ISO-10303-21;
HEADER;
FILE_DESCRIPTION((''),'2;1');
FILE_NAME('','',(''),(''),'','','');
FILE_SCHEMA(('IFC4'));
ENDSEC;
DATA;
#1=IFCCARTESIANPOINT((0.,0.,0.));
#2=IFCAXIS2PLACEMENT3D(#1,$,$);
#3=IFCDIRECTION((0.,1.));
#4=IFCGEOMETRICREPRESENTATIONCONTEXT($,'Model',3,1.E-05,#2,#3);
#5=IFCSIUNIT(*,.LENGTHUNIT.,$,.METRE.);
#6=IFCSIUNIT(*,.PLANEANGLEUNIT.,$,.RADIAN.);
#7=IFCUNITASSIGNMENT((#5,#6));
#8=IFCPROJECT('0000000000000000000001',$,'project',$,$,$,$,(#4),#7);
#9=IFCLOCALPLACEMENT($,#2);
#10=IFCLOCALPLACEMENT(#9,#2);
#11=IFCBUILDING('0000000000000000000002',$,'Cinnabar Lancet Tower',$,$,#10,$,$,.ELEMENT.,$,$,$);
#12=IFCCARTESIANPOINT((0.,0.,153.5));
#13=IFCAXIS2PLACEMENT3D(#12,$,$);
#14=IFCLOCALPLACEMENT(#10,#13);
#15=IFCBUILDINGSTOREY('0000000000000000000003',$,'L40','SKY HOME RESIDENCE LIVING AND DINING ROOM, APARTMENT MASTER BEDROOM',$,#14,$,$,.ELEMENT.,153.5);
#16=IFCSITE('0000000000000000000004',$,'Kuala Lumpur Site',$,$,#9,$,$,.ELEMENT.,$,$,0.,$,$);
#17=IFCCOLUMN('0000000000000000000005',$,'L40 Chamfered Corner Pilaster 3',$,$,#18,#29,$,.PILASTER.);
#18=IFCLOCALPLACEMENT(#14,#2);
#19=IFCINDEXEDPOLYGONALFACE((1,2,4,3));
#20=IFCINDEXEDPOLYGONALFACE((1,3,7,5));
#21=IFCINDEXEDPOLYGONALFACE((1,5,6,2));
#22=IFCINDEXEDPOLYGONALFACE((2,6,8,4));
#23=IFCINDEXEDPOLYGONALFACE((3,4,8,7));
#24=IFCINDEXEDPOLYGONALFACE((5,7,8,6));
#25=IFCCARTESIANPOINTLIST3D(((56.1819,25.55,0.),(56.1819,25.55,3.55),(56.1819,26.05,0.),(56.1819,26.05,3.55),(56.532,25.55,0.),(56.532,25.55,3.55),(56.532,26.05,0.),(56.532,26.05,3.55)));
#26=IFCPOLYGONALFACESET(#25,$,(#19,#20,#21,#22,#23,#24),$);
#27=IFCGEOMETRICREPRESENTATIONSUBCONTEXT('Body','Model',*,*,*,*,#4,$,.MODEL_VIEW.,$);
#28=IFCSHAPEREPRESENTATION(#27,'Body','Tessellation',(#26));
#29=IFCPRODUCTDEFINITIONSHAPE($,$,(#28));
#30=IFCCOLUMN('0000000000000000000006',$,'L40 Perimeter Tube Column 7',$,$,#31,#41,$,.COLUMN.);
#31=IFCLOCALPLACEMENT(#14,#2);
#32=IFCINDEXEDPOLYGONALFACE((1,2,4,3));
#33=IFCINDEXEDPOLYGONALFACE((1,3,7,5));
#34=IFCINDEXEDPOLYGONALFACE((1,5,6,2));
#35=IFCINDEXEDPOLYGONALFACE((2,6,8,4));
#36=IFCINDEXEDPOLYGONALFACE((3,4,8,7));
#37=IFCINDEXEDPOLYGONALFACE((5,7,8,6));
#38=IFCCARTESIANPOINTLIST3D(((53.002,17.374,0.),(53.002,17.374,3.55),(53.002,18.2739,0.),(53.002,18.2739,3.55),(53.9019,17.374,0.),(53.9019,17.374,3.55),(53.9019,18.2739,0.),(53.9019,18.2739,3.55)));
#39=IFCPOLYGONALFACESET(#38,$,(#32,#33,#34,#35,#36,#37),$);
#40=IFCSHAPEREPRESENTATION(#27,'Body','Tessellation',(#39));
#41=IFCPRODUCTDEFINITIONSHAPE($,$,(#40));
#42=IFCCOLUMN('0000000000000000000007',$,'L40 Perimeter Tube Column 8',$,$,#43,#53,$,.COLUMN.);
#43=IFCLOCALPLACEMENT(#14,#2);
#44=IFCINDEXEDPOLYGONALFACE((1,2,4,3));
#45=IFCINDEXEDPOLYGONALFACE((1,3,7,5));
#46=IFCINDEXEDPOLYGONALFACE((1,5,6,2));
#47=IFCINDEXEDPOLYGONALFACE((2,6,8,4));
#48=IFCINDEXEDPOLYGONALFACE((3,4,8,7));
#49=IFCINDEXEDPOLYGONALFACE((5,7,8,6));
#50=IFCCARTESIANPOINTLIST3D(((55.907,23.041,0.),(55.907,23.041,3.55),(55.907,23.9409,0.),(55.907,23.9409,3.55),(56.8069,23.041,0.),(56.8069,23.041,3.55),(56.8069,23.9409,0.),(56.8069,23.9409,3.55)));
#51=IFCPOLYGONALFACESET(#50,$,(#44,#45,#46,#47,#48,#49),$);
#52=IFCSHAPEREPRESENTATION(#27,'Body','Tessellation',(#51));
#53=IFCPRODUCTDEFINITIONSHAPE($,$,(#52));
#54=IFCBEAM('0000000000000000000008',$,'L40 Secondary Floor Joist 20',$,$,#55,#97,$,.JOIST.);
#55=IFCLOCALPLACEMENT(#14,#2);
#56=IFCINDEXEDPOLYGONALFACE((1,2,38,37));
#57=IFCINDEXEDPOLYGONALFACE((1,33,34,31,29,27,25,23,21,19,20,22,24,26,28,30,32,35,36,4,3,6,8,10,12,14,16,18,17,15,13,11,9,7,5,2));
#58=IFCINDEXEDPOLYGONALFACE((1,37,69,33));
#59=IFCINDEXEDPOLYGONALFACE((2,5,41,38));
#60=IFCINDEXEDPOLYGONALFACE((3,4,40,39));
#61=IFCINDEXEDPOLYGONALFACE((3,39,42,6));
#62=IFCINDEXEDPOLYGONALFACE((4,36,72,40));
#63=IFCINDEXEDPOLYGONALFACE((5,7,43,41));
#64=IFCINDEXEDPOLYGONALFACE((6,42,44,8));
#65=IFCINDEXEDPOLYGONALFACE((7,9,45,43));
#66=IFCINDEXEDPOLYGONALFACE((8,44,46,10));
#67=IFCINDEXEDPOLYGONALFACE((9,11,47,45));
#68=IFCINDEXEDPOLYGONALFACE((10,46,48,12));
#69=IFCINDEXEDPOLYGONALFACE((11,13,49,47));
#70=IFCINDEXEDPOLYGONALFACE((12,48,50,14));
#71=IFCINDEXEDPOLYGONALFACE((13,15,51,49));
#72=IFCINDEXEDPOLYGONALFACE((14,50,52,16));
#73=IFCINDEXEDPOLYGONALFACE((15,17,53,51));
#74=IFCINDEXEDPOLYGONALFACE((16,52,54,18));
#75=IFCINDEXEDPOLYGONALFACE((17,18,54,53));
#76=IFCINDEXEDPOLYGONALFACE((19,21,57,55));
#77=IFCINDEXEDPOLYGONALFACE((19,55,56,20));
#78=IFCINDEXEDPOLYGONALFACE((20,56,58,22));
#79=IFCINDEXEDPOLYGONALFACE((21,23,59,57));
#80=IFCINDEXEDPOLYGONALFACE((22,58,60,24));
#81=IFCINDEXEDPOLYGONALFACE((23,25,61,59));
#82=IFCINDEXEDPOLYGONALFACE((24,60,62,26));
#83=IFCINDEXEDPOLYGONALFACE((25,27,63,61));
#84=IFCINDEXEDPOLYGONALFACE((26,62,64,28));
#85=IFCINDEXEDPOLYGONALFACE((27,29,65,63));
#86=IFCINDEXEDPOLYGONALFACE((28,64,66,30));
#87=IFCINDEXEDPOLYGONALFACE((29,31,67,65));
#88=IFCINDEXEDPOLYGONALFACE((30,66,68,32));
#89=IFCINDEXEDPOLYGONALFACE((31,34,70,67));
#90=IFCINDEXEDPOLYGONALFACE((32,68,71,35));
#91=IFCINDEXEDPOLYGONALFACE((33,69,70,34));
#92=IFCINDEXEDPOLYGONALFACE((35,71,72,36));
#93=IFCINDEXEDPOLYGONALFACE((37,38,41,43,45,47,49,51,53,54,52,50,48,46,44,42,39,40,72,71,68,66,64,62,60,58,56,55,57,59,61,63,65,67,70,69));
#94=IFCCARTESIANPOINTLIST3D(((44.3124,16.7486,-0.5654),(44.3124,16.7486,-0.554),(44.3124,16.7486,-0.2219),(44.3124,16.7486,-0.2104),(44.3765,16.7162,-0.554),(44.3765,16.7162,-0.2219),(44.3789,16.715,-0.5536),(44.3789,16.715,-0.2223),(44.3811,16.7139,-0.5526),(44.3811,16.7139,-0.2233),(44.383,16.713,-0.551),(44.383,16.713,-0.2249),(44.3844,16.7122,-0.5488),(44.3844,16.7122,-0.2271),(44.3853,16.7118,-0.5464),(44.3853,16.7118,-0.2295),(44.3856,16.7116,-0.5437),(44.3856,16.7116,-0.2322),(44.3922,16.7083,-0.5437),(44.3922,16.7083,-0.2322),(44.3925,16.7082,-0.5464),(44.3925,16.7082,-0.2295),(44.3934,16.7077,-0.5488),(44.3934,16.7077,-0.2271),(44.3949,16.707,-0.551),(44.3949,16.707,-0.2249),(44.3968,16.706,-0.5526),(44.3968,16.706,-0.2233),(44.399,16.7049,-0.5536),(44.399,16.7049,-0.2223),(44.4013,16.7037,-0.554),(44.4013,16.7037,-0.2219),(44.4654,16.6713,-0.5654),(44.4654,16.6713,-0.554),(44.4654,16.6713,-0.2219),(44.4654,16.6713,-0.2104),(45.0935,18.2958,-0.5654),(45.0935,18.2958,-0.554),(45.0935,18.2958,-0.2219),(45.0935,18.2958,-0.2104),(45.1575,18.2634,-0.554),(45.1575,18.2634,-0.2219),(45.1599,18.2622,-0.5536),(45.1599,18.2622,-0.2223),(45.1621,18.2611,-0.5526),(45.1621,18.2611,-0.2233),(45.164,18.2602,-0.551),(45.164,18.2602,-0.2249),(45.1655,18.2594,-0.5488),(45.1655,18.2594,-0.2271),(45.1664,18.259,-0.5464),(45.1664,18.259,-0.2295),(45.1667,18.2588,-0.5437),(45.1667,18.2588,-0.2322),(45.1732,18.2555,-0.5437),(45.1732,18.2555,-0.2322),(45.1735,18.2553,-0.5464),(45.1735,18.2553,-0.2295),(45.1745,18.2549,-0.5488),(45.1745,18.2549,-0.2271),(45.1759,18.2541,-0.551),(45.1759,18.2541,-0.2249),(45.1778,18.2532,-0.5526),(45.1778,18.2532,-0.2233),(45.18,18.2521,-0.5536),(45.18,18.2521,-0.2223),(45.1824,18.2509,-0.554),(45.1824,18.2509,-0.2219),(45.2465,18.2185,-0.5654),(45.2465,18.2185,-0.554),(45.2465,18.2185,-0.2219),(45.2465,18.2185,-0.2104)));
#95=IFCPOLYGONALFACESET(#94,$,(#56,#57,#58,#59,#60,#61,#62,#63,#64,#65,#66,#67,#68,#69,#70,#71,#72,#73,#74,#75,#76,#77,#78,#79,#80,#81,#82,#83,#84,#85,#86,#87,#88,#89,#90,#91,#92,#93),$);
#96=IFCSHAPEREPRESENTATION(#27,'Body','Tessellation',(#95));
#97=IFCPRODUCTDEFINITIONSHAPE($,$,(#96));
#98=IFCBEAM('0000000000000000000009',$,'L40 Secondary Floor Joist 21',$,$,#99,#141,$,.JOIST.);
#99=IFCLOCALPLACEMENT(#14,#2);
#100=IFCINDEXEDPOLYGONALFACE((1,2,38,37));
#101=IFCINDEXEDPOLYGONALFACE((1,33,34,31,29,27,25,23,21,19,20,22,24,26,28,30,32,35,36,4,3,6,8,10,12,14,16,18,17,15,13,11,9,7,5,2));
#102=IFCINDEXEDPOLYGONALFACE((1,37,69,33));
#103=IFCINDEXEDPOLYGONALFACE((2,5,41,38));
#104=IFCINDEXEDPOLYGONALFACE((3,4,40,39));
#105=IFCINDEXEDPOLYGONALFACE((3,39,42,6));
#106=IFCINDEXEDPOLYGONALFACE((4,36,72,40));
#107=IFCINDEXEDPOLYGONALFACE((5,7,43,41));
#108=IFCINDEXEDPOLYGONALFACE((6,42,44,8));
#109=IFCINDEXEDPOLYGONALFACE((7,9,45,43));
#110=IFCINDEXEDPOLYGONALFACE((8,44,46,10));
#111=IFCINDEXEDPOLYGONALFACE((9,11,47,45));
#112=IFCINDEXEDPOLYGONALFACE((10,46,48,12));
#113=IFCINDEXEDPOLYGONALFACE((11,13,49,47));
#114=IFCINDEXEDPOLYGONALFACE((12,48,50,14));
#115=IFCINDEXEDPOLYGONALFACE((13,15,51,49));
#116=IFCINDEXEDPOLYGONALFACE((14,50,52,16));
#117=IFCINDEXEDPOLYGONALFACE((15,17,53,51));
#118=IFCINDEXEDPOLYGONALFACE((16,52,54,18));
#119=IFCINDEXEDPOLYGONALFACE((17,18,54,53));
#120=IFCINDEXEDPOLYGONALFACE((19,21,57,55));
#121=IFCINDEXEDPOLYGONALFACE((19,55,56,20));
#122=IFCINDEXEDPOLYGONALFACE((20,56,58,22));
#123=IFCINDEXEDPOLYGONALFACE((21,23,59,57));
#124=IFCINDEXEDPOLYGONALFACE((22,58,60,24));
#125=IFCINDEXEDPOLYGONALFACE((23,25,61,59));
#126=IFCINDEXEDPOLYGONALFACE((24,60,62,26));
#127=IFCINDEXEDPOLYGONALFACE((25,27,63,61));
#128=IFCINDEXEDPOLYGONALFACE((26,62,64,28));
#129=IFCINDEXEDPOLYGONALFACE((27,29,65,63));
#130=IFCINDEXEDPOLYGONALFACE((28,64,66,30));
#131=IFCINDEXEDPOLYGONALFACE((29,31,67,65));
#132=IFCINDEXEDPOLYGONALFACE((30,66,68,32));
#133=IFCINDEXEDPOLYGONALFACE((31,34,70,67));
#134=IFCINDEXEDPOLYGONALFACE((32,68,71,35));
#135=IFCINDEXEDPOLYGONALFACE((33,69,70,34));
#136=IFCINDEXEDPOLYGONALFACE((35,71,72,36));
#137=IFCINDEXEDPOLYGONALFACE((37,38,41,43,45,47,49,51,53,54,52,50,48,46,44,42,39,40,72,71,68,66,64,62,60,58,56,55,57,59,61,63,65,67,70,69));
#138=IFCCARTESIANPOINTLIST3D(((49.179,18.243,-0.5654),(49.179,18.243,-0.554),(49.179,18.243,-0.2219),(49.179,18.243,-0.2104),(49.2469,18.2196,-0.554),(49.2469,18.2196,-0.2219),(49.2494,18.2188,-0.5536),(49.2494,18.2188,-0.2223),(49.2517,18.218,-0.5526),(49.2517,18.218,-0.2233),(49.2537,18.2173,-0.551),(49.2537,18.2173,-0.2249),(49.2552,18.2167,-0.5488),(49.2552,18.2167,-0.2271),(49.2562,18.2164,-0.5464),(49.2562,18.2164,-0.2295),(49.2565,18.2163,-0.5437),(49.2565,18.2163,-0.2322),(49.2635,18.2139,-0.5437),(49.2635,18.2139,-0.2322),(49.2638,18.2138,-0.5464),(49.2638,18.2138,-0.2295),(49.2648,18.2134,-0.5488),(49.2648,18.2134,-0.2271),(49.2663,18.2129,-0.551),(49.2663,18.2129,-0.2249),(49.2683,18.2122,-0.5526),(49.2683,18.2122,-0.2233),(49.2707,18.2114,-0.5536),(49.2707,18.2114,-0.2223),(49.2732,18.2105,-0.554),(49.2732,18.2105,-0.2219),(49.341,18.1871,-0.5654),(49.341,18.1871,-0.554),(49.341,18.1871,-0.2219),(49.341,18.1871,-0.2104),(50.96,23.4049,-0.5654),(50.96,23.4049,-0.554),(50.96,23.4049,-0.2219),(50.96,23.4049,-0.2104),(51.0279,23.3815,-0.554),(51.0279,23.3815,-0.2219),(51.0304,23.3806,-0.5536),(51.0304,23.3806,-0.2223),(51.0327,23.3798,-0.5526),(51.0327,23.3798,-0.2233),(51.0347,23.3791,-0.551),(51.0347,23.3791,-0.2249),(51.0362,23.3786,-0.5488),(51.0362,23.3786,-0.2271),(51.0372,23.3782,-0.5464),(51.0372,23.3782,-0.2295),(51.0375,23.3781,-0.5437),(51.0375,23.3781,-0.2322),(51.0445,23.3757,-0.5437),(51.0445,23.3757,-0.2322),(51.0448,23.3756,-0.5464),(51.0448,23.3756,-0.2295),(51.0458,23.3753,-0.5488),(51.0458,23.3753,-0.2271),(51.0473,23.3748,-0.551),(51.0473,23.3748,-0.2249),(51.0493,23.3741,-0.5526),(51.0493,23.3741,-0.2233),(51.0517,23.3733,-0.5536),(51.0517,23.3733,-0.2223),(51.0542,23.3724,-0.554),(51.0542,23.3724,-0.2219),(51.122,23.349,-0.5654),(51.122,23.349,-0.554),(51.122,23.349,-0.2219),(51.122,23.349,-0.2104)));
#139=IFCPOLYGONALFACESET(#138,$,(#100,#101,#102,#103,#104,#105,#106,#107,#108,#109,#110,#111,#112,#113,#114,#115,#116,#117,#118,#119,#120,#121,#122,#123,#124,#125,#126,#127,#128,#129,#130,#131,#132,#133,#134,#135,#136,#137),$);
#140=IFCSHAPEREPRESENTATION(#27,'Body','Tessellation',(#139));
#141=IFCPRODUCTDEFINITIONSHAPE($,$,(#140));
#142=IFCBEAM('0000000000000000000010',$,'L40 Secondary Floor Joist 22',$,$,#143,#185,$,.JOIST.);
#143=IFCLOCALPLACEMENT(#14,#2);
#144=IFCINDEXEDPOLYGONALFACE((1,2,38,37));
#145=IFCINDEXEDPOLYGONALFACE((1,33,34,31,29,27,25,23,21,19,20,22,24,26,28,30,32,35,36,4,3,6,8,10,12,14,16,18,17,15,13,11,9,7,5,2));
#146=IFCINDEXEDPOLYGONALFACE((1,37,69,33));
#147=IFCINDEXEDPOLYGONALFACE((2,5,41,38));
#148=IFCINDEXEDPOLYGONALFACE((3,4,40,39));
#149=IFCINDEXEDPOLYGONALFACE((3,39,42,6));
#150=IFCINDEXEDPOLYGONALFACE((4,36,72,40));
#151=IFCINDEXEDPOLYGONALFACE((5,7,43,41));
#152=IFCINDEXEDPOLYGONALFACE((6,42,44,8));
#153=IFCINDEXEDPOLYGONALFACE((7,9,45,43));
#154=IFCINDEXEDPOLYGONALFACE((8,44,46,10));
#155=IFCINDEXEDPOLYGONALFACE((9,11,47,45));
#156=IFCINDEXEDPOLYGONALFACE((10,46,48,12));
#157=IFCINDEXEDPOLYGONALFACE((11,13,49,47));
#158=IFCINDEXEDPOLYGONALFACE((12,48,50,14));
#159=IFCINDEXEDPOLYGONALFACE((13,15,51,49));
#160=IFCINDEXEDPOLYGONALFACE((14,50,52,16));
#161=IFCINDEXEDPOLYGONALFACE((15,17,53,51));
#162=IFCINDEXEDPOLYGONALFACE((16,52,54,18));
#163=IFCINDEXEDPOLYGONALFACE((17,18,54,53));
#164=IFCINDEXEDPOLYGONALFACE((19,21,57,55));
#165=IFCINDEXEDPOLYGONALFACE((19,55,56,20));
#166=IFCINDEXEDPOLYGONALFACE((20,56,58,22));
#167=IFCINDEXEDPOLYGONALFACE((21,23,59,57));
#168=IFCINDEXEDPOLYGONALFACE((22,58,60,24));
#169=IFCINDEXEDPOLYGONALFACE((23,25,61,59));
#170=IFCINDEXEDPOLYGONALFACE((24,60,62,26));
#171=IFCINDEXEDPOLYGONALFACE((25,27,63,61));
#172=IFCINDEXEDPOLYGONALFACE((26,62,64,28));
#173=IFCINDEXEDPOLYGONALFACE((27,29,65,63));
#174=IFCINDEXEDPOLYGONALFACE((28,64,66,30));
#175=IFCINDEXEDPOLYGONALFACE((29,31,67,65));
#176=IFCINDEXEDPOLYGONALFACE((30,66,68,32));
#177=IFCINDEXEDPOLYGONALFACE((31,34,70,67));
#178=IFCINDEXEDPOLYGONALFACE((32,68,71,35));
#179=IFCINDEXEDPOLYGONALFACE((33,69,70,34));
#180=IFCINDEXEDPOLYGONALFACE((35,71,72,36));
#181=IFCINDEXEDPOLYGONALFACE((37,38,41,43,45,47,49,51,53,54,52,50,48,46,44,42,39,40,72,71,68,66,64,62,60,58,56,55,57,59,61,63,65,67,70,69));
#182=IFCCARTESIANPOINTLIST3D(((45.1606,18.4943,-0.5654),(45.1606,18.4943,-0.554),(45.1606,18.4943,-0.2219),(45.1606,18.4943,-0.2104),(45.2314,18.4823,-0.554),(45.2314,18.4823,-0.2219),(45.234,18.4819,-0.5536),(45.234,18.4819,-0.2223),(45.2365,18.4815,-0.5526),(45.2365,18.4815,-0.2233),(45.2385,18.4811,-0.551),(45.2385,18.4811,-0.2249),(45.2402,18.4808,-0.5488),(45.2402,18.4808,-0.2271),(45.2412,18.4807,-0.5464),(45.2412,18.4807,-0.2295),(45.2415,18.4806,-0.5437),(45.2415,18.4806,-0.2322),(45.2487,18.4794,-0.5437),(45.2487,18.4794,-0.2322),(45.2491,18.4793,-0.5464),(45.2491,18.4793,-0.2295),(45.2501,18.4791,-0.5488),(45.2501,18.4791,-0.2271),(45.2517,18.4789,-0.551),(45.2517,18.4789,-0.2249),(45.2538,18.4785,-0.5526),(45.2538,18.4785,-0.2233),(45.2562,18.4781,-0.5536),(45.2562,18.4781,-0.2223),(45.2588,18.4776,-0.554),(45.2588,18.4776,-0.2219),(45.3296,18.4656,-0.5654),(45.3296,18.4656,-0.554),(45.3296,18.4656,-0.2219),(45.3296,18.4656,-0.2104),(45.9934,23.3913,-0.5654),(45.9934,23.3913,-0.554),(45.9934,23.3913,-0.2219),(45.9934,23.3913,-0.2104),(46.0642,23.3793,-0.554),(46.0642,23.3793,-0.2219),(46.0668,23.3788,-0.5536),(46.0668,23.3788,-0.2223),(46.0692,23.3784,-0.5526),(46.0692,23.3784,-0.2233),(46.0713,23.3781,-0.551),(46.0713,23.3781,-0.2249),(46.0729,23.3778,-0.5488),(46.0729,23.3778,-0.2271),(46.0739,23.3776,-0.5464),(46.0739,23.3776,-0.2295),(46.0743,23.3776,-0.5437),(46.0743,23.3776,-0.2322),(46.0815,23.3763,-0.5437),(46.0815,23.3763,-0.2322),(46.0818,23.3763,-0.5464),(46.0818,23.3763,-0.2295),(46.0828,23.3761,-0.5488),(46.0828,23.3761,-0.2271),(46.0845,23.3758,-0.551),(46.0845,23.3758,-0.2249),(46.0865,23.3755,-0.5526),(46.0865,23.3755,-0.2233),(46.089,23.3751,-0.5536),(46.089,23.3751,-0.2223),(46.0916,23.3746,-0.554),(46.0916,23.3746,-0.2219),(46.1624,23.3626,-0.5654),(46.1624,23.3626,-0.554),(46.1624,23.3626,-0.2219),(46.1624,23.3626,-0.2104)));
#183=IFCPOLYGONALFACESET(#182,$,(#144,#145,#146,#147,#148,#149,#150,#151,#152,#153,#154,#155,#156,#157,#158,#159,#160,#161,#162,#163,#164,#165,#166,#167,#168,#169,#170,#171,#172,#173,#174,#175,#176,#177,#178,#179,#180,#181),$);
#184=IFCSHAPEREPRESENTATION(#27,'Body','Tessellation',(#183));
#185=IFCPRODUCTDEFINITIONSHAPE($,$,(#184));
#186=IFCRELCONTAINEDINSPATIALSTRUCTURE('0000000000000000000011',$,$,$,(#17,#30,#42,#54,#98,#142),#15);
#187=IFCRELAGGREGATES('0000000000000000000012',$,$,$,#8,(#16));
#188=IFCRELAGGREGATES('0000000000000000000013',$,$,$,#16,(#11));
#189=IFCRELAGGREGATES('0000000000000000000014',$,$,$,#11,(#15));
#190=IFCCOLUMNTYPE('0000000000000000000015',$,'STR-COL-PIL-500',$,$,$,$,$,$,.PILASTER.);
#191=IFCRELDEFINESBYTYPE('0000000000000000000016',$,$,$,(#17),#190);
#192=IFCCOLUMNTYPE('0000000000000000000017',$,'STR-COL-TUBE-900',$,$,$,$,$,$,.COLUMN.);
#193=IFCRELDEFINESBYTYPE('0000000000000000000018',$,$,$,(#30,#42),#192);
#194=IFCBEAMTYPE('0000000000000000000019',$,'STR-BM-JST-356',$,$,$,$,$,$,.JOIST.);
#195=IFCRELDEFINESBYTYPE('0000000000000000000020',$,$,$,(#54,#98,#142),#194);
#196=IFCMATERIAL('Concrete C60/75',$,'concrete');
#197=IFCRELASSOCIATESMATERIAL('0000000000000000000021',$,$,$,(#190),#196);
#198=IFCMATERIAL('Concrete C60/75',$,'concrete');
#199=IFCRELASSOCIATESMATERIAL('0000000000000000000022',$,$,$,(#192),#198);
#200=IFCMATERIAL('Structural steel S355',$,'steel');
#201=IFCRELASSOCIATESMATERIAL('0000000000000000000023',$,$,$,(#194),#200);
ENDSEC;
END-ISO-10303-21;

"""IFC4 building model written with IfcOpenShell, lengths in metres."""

from ifc_helpers import new_model, si_unit, direction, frame, origin, origin_2d, place, context, subcontext, project, spatial, rectangle, i_section, extrude, material, material_profile, profile_set, type_object, element, save


model = new_model("IFC4")

# Units and contexts
model_context = context("Model", 3, precision=1e-05, world=origin(), true_north=direction((0.0, 1.0)))
body_context = subcontext(model_context, "Body", "Model", "MODEL_VIEW")
ifc_project = project(units=[si_unit("LENGTHUNIT", "METRE"), si_unit("PLANEANGLEUNIT", "RADIAN")], contexts=[model_context])

# Site, building, storey
site_placement = place(None, origin())
site = spatial("IfcSite", under=ifc_project, at=site_placement, Name="Kuala Lumpur Site", CompositionType="ELEMENT", RefElevation=0.0)
building_placement = place(site_placement, origin())
building = spatial("IfcBuilding", under=site, at=building_placement, Name="Cinnabar Lancet Tower", CompositionType="ELEMENT")
storey_placement = place(building_placement, frame((0.0, 0.0, 153.5)))
storey = spatial("IfcBuildingStorey", under=building, at=storey_placement, Name="L40", Description="SKY HOME RESIDENCE LIVING AND DINING ROOM, APARTMENT MASTER BEDROOM", CompositionType="ELEMENT", Elevation=153.5)

# Columns
ifc_material_1 = material(Name="Concrete C60/75", Category="concrete")
ifc_material_profile_1 = material_profile(ifc_material_1, rectangle(XDim=0.5, YDim=0.3501, at=origin_2d()), Name="RC-PIL 500x350")
ifc_profile_set_1 = profile_set([ifc_material_profile_1], Name="Concrete C60/75")
column_type_1 = type_object("IfcColumnType", Name="STR-COL-PIL-500", PredefinedType="PILASTER", material=ifc_profile_set_1)
column_placement = place(storey_placement, frame((56.3569, 25.8, 0.0), z_axis=(0.0, 0.0, 1.0), x_axis=(0.0, 1.0, 0.0)))
element("IfcColumn", 1, at=column_placement, inside=storey, type_object=column_type_1, Name="L40 Chamfered Corner Pilaster 3", PredefinedType="PILASTER", context=body_context, shape_type="SweptSolid", body=[
    extrude(rectangle(XDim=0.5, YDim=0.3501, at=origin_2d()), origin(), (0.0, 0.0, 1.0), 3.55),
])
ifc_material_2 = material(Name="Concrete C60/75", Category="concrete")
ifc_material_profile_2 = material_profile(ifc_material_2, rectangle(XDim=0.8999, YDim=0.8999, at=origin_2d()), Name="RC-COL 900x900")
ifc_profile_set_2 = profile_set([ifc_material_profile_2], Name="Concrete C60/75")
column_type_2 = type_object("IfcColumnType", Name="STR-COL-TUBE-900", PredefinedType="COLUMN", material=ifc_profile_set_2)
for number, where, z_axis, x_axis, name in (
    (2, (53.4519, 17.824, 0.0), (0.0, 0.0, 1.0), (1.0, 0.0, 0.0), "L40 Perimeter Tube Column 7"),
    (3, (56.3569, 23.491, 0.0), (0.0, 0.0, 1.0), (1.0, 0.0, 0.0), "L40 Perimeter Tube Column 8"),
):
    element("IfcColumn", number, at=place(storey_placement, frame(where, z_axis=z_axis, x_axis=x_axis)), inside=storey, type_object=column_type_2, Name=name, PredefinedType="COLUMN", context=body_context, shape_type="SweptSolid", body=[
        extrude(rectangle(XDim=0.8999, YDim=0.8999, at=origin_2d()), origin(), (0.0, 0.0, 1.0), 3.55),
    ])

# Beams
ifc_material_3 = material(Name="Structural steel S355", Category="steel")
ifc_material_profile_3 = material_profile(ifc_material_3, i_section(OverallWidth=0.1714, OverallDepth=0.355, WebThickness=0.0073, FlangeThickness=0.0115, FilletRadius=0.0103, at=origin_2d()), Name="UKB 356x171x51")
ifc_profile_set_3 = profile_set([ifc_material_profile_3], Name="Structural steel S355")
beam_type_1 = type_object("IfcBeamType", Name="STR-BM-JST-356", PredefinedType="JOIST", material=ifc_profile_set_3)
beam_1_placement = place(storey_placement, frame((44.3889, 16.71, -0.3879), z_axis=(0.450648, 0.892702, 0.0), x_axis=(-0.892702, 0.450648, 0.0)))
element("IfcBeam", 4, at=beam_1_placement, inside=storey, type_object=beam_type_1, Name="L40 Secondary Floor Joist 20", PredefinedType="JOIST", context=body_context, shape_type="SweptSolid", body=[
    extrude(i_section(OverallWidth=0.1714, OverallDepth=0.355, WebThickness=0.0073, FlangeThickness=0.0115, FilletRadius=0.0103, at=origin_2d()), origin(), (0.0, 0.0, 1.0), 1.7332),
])
beam_2_placement = place(storey_placement, frame((49.26, 18.2151, -0.3879), z_axis=(0.326163, 0.945314, 0.0), x_axis=(-0.945314, 0.326163, 0.0)))
element("IfcBeam", 5, at=beam_2_placement, inside=storey, type_object=beam_type_1, Name="L40 Secondary Floor Joist 21", PredefinedType="JOIST", context=body_context, shape_type="SweptSolid", body=[
    extrude(i_section(OverallWidth=0.1714, OverallDepth=0.355, WebThickness=0.0073, FlangeThickness=0.0115, FilletRadius=0.0103, at=origin_2d()), origin(), (0.0, 0.0, 1.0), 5.4604),
])
beam_3_placement = place(storey_placement, frame((45.2451, 18.48, -0.3879), z_axis=(0.16765, 0.985847, 0.0), x_axis=(-0.985847, 0.16765, 0.0)))
element("IfcBeam", 6, at=beam_3_placement, inside=storey, type_object=beam_type_1, Name="L40 Secondary Floor Joist 22", PredefinedType="JOIST", context=body_context, shape_type="SweptSolid", body=[
    extrude(i_section(OverallWidth=0.1714, OverallDepth=0.355, WebThickness=0.0073, FlangeThickness=0.0115, FilletRadius=0.0103, at=origin_2d()), origin(), (0.0, 0.0, 1.0), 4.9673),
])

save(model, "model.ifc")
